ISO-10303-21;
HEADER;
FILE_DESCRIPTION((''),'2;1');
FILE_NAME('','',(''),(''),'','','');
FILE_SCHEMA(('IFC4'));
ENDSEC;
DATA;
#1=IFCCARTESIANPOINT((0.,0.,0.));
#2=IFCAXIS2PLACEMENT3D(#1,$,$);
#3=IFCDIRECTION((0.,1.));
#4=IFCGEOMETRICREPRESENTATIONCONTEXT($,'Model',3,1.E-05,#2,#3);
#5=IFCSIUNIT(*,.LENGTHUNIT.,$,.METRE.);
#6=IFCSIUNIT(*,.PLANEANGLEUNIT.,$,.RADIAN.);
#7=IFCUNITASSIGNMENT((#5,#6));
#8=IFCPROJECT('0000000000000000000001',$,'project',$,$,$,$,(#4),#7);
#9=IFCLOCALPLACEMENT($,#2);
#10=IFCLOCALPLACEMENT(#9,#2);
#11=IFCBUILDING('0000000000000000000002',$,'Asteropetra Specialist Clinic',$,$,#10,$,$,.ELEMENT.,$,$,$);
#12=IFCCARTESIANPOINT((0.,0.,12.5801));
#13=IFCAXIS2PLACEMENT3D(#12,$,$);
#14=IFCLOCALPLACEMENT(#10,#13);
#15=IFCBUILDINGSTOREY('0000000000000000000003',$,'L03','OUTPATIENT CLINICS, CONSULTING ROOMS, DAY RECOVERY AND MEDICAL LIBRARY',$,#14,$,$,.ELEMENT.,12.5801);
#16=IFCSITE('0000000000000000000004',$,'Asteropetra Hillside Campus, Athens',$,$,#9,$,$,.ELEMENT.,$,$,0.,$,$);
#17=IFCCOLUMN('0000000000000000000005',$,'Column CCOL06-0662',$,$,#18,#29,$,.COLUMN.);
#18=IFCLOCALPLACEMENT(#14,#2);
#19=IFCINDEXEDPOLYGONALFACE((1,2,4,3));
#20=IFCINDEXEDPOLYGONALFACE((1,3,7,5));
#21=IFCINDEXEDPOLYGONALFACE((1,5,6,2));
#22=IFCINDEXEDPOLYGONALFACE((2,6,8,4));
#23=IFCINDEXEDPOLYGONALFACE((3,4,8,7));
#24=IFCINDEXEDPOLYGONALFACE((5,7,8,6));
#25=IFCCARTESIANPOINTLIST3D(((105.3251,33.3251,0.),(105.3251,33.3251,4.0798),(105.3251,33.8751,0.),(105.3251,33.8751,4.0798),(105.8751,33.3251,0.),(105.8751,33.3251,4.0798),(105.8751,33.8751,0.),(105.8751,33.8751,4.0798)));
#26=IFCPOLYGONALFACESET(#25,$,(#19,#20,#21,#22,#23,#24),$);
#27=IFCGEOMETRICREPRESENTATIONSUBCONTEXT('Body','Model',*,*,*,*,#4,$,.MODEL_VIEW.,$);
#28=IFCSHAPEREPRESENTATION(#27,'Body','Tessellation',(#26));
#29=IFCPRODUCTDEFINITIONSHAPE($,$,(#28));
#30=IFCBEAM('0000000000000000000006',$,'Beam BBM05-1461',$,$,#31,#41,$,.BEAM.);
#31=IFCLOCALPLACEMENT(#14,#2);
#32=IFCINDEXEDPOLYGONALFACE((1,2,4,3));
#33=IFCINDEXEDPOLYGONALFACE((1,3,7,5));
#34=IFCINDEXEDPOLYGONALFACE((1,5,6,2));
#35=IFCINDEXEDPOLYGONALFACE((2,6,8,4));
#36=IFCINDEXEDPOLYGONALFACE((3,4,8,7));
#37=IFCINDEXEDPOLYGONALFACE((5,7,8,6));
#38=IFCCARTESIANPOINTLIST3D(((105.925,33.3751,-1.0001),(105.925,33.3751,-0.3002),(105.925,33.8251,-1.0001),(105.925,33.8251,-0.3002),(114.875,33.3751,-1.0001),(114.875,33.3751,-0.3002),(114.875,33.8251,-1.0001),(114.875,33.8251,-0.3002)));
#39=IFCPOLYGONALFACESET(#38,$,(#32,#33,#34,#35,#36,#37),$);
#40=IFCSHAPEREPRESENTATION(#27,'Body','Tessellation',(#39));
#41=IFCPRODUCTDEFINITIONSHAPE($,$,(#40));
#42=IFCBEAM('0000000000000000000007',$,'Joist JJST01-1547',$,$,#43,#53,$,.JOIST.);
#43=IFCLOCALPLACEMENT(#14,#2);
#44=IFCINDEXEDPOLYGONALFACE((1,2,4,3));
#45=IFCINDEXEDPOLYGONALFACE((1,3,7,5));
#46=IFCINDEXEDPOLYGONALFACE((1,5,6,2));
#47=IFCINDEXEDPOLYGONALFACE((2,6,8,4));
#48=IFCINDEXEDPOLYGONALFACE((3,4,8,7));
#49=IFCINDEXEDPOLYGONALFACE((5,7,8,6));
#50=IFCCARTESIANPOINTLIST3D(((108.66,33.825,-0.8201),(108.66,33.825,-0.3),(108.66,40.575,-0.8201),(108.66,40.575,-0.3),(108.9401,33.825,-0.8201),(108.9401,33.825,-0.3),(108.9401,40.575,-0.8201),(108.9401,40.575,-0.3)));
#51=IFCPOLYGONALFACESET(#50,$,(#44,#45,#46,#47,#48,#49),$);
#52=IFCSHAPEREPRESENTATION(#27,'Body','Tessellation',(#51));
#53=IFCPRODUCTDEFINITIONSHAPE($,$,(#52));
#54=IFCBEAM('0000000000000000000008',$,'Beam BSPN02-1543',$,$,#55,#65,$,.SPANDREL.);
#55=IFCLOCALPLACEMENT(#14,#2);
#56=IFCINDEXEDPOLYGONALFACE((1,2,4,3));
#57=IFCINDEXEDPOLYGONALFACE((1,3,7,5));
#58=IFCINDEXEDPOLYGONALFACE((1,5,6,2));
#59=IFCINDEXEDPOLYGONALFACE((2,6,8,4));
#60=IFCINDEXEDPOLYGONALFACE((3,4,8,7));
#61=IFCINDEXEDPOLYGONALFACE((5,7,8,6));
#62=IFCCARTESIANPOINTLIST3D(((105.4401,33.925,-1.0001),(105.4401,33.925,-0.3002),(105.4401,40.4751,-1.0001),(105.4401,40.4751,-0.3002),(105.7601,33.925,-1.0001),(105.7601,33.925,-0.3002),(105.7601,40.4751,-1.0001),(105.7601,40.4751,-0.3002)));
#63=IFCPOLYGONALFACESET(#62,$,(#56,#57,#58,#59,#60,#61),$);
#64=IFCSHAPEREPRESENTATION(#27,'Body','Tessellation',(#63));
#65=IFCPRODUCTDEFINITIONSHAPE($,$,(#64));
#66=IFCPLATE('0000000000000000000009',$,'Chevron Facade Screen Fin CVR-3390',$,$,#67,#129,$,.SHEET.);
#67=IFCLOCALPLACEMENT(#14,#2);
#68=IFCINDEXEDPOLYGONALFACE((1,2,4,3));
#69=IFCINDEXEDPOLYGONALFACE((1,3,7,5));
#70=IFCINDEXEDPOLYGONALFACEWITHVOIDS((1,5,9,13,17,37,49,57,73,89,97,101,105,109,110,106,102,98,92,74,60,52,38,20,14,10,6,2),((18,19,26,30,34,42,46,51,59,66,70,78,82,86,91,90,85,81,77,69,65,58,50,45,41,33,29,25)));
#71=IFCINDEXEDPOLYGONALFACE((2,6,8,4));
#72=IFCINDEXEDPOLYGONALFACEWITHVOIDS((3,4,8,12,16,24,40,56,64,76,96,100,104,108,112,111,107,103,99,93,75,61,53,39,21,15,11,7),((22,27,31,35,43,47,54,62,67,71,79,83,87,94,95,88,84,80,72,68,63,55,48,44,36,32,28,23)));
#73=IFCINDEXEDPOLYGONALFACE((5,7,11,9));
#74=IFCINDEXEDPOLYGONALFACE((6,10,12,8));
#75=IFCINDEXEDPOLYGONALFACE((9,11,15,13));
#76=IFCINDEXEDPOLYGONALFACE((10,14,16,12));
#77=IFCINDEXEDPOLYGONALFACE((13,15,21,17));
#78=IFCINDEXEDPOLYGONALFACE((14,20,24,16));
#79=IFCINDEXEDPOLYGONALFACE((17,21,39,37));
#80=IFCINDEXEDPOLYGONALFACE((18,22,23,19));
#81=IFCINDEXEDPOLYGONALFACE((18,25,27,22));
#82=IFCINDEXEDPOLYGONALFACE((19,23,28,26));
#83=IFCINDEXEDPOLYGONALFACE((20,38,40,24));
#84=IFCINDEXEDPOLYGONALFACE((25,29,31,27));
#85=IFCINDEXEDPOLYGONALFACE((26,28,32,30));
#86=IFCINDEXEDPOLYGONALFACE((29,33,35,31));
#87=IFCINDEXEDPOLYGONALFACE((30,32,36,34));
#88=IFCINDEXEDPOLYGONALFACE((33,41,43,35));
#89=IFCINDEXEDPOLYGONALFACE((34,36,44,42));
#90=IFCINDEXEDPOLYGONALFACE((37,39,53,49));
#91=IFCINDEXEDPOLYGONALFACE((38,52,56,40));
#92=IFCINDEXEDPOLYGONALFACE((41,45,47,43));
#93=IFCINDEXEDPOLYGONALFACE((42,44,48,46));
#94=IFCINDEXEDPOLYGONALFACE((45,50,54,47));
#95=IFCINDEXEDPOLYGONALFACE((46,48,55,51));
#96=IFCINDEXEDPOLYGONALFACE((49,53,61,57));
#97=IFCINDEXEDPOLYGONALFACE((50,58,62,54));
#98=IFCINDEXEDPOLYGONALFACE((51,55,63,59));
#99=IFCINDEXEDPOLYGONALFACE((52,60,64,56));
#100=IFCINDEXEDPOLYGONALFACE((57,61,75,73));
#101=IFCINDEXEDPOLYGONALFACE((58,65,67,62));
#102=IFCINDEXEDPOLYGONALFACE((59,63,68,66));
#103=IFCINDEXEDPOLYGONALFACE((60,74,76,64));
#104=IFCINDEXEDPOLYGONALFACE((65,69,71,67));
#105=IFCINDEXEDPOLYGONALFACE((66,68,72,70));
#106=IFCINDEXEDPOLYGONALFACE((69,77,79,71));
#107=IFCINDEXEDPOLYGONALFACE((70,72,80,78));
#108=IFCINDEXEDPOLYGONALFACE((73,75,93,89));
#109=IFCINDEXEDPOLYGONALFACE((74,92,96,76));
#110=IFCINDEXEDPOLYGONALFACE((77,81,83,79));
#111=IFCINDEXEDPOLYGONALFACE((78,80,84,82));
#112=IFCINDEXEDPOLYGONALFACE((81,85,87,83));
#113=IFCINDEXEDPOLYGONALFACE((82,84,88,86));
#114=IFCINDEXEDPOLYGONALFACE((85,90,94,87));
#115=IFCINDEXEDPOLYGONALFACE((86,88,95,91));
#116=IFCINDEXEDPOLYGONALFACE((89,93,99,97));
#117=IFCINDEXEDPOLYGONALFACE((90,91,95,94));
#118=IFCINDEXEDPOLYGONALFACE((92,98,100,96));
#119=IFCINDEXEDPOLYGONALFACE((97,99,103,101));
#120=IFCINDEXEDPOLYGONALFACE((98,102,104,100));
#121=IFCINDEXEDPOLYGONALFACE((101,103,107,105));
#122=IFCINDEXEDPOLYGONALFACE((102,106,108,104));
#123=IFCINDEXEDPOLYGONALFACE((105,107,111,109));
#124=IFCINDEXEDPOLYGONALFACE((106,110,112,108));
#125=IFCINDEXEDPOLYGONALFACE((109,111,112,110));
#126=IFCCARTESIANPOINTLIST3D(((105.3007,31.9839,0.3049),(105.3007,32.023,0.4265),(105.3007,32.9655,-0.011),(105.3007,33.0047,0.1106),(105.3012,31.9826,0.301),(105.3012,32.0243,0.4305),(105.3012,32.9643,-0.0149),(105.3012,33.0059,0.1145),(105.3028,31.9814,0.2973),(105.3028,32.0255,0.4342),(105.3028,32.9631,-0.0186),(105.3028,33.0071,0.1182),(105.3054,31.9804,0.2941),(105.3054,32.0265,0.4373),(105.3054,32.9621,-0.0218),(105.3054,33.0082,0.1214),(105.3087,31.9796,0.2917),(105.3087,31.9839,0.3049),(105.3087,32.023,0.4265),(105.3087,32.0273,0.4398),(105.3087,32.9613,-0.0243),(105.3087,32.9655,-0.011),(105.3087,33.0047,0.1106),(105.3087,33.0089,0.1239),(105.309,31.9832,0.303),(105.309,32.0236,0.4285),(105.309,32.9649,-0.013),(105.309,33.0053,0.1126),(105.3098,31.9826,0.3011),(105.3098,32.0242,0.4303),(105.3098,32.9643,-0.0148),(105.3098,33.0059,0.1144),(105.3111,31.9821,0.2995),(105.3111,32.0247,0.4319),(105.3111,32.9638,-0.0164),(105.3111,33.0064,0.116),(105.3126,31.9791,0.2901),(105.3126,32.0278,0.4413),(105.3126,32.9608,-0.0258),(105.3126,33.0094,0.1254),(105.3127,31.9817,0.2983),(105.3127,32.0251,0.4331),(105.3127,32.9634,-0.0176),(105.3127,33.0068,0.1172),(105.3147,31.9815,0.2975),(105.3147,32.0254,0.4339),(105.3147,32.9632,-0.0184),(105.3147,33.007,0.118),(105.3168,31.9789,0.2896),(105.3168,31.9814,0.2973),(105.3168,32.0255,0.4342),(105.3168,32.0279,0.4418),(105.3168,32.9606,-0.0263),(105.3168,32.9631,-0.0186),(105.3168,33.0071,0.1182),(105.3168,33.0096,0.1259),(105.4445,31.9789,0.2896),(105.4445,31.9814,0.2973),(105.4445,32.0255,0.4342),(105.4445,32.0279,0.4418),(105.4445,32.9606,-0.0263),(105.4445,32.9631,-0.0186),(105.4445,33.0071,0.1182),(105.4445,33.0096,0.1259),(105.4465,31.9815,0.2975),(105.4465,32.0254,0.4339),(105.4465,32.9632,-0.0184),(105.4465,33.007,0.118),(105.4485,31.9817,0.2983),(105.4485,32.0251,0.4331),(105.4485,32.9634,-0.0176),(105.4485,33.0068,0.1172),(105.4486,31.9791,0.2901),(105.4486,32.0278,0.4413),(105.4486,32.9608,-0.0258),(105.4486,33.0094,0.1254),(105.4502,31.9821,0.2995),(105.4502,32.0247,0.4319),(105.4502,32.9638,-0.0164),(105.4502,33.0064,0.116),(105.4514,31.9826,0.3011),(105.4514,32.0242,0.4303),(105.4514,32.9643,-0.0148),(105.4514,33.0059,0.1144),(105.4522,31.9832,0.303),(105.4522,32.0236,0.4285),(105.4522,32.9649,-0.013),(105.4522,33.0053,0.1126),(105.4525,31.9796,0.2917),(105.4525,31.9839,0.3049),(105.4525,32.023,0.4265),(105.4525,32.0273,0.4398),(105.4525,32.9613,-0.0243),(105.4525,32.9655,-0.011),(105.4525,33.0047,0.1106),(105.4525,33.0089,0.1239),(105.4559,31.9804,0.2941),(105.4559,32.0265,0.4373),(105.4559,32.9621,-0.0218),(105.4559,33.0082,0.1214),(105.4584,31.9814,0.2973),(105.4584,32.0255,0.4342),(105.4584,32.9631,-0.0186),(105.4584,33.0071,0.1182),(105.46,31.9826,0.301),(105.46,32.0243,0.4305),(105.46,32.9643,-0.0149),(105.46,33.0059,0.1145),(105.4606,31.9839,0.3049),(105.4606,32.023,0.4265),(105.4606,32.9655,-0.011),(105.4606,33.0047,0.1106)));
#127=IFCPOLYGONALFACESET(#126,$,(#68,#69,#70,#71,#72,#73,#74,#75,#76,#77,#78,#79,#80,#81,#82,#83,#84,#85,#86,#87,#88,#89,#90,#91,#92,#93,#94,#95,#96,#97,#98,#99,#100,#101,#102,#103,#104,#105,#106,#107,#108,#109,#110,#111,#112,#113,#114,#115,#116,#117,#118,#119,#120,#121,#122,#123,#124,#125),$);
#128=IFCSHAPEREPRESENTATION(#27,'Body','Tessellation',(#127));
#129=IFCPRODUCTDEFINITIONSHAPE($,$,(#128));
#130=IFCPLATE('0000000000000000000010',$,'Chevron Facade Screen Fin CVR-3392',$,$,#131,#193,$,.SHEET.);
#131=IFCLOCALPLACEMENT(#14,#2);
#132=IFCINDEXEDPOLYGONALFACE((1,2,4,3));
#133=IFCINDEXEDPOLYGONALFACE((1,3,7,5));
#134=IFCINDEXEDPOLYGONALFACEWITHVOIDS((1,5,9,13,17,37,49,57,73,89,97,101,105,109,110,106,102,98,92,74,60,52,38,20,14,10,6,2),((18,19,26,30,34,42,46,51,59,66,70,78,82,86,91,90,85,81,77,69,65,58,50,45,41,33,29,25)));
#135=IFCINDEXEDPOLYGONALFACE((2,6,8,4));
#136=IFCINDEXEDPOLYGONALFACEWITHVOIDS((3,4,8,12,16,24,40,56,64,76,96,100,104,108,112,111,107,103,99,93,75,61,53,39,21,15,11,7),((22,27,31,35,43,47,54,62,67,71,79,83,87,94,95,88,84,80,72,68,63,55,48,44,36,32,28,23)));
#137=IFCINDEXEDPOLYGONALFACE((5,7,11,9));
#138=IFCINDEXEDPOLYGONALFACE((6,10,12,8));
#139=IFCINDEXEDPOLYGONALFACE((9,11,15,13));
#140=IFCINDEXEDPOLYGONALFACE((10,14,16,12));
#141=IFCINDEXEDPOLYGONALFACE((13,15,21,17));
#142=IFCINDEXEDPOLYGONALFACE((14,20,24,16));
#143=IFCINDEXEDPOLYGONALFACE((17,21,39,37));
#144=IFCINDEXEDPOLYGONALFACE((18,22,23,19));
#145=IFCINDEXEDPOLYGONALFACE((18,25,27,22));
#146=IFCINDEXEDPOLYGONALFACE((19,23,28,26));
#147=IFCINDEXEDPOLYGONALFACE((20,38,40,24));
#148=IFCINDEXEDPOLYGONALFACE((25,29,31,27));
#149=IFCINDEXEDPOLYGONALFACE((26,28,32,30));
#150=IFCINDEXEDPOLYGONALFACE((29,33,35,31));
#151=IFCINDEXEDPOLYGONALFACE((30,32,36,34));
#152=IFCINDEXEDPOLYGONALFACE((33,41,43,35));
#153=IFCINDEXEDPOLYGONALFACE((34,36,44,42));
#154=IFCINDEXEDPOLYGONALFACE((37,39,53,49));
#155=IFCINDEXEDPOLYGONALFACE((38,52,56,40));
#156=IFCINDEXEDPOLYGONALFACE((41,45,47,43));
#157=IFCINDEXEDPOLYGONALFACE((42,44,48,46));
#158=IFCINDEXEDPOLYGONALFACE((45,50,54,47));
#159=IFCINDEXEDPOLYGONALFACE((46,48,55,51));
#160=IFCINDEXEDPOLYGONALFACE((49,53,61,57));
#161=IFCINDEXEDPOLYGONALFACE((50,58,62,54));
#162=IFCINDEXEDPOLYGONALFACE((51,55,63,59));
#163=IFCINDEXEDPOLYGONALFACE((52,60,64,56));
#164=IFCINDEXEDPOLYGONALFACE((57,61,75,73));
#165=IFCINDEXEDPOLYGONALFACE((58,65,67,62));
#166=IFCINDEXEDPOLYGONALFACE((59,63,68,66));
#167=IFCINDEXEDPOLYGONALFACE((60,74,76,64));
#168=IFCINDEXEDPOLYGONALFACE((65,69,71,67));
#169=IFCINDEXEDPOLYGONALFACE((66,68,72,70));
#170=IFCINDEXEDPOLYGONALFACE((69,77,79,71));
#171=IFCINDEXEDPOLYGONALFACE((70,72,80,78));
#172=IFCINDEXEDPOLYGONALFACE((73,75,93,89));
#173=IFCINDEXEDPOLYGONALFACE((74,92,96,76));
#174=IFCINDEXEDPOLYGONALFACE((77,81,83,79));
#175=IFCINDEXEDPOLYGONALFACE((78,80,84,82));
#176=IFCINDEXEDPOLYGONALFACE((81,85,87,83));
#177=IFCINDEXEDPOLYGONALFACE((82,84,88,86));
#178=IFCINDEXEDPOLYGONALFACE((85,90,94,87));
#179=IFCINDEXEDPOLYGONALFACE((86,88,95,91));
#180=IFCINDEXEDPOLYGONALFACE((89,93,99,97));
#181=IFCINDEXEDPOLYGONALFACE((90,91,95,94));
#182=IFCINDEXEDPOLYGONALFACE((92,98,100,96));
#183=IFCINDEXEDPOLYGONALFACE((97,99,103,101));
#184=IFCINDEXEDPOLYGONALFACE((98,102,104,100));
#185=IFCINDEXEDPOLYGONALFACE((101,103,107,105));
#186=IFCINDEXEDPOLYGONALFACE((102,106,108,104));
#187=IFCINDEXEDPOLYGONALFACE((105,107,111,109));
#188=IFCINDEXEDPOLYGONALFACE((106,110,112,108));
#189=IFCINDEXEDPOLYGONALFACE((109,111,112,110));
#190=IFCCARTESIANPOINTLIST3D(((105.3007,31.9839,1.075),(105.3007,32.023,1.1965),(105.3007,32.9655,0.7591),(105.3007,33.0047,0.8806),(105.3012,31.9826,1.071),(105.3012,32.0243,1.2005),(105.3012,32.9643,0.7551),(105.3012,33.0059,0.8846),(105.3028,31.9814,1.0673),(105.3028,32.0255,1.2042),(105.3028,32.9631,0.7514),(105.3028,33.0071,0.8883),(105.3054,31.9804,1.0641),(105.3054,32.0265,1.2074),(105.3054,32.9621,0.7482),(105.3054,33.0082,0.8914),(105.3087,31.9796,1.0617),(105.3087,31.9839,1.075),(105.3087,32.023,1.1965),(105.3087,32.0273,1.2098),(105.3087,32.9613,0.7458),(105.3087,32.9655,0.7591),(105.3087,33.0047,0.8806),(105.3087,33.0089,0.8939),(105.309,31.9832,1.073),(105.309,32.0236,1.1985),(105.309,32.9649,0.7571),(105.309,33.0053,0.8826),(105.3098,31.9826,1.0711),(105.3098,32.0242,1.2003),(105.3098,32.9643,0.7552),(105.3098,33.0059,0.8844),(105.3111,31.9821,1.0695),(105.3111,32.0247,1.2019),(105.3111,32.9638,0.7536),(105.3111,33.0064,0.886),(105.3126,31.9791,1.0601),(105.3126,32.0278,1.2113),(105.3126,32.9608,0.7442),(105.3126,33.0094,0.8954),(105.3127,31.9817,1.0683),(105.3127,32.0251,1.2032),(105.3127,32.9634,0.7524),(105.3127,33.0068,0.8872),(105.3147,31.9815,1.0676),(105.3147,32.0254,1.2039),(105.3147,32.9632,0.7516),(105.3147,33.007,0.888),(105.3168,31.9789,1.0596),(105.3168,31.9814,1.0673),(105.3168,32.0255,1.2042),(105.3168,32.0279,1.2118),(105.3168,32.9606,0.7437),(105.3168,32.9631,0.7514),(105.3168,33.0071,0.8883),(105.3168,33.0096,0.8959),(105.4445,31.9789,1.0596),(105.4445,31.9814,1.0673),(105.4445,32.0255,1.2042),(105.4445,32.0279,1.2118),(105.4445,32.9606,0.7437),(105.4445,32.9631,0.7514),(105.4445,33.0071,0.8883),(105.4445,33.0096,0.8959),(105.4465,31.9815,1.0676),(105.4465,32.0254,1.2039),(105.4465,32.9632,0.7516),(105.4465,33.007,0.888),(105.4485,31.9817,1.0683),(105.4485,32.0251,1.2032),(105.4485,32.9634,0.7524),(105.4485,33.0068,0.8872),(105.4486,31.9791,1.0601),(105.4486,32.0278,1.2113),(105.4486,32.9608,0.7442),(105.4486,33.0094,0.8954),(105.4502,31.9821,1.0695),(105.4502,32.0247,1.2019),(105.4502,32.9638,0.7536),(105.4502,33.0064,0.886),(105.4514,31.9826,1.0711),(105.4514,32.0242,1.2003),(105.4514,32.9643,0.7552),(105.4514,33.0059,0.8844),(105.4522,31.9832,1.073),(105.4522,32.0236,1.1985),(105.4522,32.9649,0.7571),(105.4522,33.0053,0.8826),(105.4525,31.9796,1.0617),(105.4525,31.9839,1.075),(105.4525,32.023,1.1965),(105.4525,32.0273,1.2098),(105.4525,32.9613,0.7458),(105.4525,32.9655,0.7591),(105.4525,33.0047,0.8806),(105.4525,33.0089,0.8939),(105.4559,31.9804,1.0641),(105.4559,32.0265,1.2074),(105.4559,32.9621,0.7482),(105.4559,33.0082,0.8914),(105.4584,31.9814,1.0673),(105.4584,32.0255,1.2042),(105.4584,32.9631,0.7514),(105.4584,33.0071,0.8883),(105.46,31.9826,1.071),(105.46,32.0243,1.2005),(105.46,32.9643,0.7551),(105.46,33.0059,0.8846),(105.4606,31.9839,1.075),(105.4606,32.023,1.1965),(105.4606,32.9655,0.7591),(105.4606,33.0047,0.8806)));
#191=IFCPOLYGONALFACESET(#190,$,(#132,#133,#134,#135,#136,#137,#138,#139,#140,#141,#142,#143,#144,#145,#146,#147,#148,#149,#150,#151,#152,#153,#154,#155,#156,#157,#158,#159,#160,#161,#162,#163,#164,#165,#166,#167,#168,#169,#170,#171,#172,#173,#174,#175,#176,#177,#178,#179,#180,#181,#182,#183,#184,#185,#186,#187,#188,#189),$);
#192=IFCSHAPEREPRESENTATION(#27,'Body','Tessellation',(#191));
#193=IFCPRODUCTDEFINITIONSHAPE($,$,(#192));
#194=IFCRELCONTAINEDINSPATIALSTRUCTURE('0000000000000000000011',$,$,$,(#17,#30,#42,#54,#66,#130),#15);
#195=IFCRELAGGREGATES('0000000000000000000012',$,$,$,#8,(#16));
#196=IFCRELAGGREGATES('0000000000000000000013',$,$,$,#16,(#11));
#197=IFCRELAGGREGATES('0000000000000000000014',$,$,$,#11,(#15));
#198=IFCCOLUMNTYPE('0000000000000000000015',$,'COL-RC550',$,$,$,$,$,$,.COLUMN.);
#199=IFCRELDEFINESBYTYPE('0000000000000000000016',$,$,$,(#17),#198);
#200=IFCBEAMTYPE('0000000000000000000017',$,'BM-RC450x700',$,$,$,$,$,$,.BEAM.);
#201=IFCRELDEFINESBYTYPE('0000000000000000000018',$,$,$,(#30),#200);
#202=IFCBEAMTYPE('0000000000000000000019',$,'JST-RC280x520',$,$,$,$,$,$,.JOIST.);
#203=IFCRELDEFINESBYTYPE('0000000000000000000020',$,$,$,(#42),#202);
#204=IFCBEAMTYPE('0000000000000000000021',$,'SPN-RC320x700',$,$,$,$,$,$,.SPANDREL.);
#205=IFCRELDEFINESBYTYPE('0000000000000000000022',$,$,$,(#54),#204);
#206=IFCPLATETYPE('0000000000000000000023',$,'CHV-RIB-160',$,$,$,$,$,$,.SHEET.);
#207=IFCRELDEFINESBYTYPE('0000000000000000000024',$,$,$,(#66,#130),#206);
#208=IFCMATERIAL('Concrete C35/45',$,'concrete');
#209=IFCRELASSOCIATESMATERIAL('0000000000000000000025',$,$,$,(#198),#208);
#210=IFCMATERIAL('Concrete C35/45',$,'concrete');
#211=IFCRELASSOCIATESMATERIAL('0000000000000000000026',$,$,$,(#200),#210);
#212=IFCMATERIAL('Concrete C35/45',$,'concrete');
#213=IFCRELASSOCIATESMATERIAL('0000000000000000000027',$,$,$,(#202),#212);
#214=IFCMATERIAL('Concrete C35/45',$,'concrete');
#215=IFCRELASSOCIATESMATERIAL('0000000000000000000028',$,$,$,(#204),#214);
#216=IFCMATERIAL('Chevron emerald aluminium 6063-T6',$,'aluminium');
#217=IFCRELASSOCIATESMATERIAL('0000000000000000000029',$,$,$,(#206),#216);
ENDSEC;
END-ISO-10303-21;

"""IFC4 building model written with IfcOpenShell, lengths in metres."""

from ifc_helpers import new_model, si_unit, direction, frame, origin, origin_2d, place, context, subcontext, project, spatial, rectangle, hollow_rectangle, extrude, material, material_profile, profile_set, type_object, element, save


model = new_model("IFC4")

# Units and contexts
model_context = context("Model", 3, precision=1e-05, world=origin(), true_north=direction((0.0, 1.0)))
body_context = subcontext(model_context, "Body", "Model", "MODEL_VIEW")
ifc_project = project(units=[si_unit("LENGTHUNIT", "METRE"), si_unit("PLANEANGLEUNIT", "RADIAN")], contexts=[model_context])

# Site, building, storey
site_placement = place(None, origin())
site = spatial("IfcSite", under=ifc_project, at=site_placement, Name="Asteropetra Hillside Campus, Athens", CompositionType="ELEMENT", RefElevation=0.0)
building_placement = place(site_placement, origin())
building = spatial("IfcBuilding", under=site, at=building_placement, Name="Asteropetra Specialist Clinic", CompositionType="ELEMENT")
storey_placement = place(building_placement, frame((0.0, 0.0, 12.5801)))
storey = spatial("IfcBuildingStorey", under=building, at=storey_placement, Name="L03", Description="OUTPATIENT CLINICS, CONSULTING ROOMS, DAY RECOVERY AND MEDICAL LIBRARY", CompositionType="ELEMENT", Elevation=12.5801)

# Column
ifc_material_1 = material(Name="Concrete C35/45", Category="concrete")
ifc_material_profile_1 = material_profile(ifc_material_1, rectangle(XDim=0.55, YDim=0.55, at=origin_2d()), Name="RC 550x550")
ifc_profile_set_1 = profile_set([ifc_material_profile_1], Name="Concrete C35/45")
column_type = type_object("IfcColumnType", Name="COL-RC550", PredefinedType="COLUMN", material=ifc_profile_set_1)
column_placement = place(storey_placement, frame((105.6001, 33.6001, 0.0), z_axis=(0.0, 0.0, 1.0), x_axis=(1.0, 0.0, 0.0)))
element("IfcColumn", 1, at=column_placement, inside=storey, type_object=column_type, Name="Column CCOL06-0662", PredefinedType="COLUMN", context=body_context, shape_type="SweptSolid", body=[
    extrude(rectangle(XDim=0.55, YDim=0.55, at=origin_2d()), origin(), (0.0, 0.0, 1.0), 4.0798),
])

# Beams
ifc_material_2 = material(Name="Concrete C35/45", Category="concrete")
ifc_material_profile_2 = material_profile(ifc_material_2, rectangle(XDim=0.45, YDim=0.7, at=origin_2d()), Name="RCB 450x700")
ifc_profile_set_2 = profile_set([ifc_material_profile_2], Name="Concrete C35/45")
beam_type_1 = type_object("IfcBeamType", Name="BM-RC450x700", PredefinedType="BEAM", material=ifc_profile_set_2)
beam_1_placement = place(storey_placement, frame((105.925, 33.6001, -0.6501), z_axis=(1.0, 0.0, 0.0), x_axis=(0.0, 1.0, 0.0)))
element("IfcBeam", 2, at=beam_1_placement, inside=storey, type_object=beam_type_1, Name="Beam BBM05-1461", PredefinedType="BEAM", context=body_context, shape_type="SweptSolid", body=[
    extrude(rectangle(XDim=0.45, YDim=0.7, at=origin_2d()), origin(), (0.0, 0.0, 1.0), 8.95),
])
ifc_material_3 = material(Name="Concrete C35/45", Category="concrete")
ifc_material_profile_3 = material_profile(ifc_material_3, rectangle(XDim=0.28, YDim=0.52, at=origin_2d()), Name="RCJ 280x520")
ifc_profile_set_3 = profile_set([ifc_material_profile_3], Name="Concrete C35/45")
beam_type_2 = type_object("IfcBeamType", Name="JST-RC280x520", PredefinedType="JOIST", material=ifc_profile_set_3)
beam_2_placement = place(storey_placement, frame((108.8, 33.825, -0.5601), z_axis=(0.0, 1.0, 0.0), x_axis=(-1.0, 0.0, 0.0)))
element("IfcBeam", 3, at=beam_2_placement, inside=storey, type_object=beam_type_2, Name="Joist JJST01-1547", PredefinedType="JOIST", context=body_context, shape_type="SweptSolid", body=[
    extrude(rectangle(XDim=0.28, YDim=0.52, at=origin_2d()), origin(), (0.0, 0.0, 1.0), 6.75),
])
ifc_material_4 = material(Name="Concrete C35/45", Category="concrete")
ifc_material_profile_4 = material_profile(ifc_material_4, rectangle(XDim=0.3201, YDim=0.7, at=origin_2d()), Name="RCS 320x700")
ifc_profile_set_4 = profile_set([ifc_material_profile_4], Name="Concrete C35/45")
beam_type_3 = type_object("IfcBeamType", Name="SPN-RC320x700", PredefinedType="SPANDREL", material=ifc_profile_set_4)
beam_3_placement = place(storey_placement, frame((105.6001, 33.925, -0.6501), z_axis=(0.0, 1.0, 0.0), x_axis=(-1.0, 0.0, 0.0)))
element("IfcBeam", 4, at=beam_3_placement, inside=storey, type_object=beam_type_3, Name="Beam BSPN02-1543", PredefinedType="SPANDREL", context=body_context, shape_type="SweptSolid", body=[
    extrude(rectangle(XDim=0.3201, YDim=0.7, at=origin_2d()), origin(), (0.0, 0.0, 1.0), 6.55),
])

# Plates
ifc_material_5 = material(Name="Chevron emerald aluminium 6063-T6", Category="aluminium")
ifc_material_profile_5 = material_profile(ifc_material_5, hollow_rectangle(XDim=0.1599, YDim=0.1599, WallThickness=0.0081, InnerFilletRadius=0.0081, OuterFilletRadius=0.0161, at=origin_2d()), Name="SHS 160x160x8.0")
ifc_profile_set_5 = profile_set([ifc_material_profile_5], Name="Chevron emerald aluminium 6063-T6")
plate_type_1 = type_object("IfcPlateType", Name="CHV-RIB-160", PredefinedType="SHEET", material=ifc_profile_set_5)
for number, where, z_axis, x_axis, name in (
    (5, (105.3806, 32.9851, 0.0498), (0.0, -0.951923, 0.306339), (1.0, 0.0, 0.0), "Chevron Facade Screen Fin CVR-3390"),
    (6, (105.3806, 32.9851, 0.8198), (0.0, -0.951923, 0.306339), (1.0, 0.0, 0.0), "Chevron Facade Screen Fin CVR-3392"),
):
    element("IfcPlate", number, at=place(storey_placement, frame(where, z_axis=z_axis, x_axis=x_axis)), inside=storey, type_object=plate_type_1, Name=name, PredefinedType="SHEET", context=body_context, shape_type="SweptSolid", body=[
        extrude(hollow_rectangle(XDim=0.1599, YDim=0.1599, WallThickness=0.0081, InnerFilletRadius=0.0081, OuterFilletRadius=0.0161, at=origin_2d()), origin(), (0.0, 0.0, 1.0), 1.0312),
    ])

save(model, "model.ifc")
